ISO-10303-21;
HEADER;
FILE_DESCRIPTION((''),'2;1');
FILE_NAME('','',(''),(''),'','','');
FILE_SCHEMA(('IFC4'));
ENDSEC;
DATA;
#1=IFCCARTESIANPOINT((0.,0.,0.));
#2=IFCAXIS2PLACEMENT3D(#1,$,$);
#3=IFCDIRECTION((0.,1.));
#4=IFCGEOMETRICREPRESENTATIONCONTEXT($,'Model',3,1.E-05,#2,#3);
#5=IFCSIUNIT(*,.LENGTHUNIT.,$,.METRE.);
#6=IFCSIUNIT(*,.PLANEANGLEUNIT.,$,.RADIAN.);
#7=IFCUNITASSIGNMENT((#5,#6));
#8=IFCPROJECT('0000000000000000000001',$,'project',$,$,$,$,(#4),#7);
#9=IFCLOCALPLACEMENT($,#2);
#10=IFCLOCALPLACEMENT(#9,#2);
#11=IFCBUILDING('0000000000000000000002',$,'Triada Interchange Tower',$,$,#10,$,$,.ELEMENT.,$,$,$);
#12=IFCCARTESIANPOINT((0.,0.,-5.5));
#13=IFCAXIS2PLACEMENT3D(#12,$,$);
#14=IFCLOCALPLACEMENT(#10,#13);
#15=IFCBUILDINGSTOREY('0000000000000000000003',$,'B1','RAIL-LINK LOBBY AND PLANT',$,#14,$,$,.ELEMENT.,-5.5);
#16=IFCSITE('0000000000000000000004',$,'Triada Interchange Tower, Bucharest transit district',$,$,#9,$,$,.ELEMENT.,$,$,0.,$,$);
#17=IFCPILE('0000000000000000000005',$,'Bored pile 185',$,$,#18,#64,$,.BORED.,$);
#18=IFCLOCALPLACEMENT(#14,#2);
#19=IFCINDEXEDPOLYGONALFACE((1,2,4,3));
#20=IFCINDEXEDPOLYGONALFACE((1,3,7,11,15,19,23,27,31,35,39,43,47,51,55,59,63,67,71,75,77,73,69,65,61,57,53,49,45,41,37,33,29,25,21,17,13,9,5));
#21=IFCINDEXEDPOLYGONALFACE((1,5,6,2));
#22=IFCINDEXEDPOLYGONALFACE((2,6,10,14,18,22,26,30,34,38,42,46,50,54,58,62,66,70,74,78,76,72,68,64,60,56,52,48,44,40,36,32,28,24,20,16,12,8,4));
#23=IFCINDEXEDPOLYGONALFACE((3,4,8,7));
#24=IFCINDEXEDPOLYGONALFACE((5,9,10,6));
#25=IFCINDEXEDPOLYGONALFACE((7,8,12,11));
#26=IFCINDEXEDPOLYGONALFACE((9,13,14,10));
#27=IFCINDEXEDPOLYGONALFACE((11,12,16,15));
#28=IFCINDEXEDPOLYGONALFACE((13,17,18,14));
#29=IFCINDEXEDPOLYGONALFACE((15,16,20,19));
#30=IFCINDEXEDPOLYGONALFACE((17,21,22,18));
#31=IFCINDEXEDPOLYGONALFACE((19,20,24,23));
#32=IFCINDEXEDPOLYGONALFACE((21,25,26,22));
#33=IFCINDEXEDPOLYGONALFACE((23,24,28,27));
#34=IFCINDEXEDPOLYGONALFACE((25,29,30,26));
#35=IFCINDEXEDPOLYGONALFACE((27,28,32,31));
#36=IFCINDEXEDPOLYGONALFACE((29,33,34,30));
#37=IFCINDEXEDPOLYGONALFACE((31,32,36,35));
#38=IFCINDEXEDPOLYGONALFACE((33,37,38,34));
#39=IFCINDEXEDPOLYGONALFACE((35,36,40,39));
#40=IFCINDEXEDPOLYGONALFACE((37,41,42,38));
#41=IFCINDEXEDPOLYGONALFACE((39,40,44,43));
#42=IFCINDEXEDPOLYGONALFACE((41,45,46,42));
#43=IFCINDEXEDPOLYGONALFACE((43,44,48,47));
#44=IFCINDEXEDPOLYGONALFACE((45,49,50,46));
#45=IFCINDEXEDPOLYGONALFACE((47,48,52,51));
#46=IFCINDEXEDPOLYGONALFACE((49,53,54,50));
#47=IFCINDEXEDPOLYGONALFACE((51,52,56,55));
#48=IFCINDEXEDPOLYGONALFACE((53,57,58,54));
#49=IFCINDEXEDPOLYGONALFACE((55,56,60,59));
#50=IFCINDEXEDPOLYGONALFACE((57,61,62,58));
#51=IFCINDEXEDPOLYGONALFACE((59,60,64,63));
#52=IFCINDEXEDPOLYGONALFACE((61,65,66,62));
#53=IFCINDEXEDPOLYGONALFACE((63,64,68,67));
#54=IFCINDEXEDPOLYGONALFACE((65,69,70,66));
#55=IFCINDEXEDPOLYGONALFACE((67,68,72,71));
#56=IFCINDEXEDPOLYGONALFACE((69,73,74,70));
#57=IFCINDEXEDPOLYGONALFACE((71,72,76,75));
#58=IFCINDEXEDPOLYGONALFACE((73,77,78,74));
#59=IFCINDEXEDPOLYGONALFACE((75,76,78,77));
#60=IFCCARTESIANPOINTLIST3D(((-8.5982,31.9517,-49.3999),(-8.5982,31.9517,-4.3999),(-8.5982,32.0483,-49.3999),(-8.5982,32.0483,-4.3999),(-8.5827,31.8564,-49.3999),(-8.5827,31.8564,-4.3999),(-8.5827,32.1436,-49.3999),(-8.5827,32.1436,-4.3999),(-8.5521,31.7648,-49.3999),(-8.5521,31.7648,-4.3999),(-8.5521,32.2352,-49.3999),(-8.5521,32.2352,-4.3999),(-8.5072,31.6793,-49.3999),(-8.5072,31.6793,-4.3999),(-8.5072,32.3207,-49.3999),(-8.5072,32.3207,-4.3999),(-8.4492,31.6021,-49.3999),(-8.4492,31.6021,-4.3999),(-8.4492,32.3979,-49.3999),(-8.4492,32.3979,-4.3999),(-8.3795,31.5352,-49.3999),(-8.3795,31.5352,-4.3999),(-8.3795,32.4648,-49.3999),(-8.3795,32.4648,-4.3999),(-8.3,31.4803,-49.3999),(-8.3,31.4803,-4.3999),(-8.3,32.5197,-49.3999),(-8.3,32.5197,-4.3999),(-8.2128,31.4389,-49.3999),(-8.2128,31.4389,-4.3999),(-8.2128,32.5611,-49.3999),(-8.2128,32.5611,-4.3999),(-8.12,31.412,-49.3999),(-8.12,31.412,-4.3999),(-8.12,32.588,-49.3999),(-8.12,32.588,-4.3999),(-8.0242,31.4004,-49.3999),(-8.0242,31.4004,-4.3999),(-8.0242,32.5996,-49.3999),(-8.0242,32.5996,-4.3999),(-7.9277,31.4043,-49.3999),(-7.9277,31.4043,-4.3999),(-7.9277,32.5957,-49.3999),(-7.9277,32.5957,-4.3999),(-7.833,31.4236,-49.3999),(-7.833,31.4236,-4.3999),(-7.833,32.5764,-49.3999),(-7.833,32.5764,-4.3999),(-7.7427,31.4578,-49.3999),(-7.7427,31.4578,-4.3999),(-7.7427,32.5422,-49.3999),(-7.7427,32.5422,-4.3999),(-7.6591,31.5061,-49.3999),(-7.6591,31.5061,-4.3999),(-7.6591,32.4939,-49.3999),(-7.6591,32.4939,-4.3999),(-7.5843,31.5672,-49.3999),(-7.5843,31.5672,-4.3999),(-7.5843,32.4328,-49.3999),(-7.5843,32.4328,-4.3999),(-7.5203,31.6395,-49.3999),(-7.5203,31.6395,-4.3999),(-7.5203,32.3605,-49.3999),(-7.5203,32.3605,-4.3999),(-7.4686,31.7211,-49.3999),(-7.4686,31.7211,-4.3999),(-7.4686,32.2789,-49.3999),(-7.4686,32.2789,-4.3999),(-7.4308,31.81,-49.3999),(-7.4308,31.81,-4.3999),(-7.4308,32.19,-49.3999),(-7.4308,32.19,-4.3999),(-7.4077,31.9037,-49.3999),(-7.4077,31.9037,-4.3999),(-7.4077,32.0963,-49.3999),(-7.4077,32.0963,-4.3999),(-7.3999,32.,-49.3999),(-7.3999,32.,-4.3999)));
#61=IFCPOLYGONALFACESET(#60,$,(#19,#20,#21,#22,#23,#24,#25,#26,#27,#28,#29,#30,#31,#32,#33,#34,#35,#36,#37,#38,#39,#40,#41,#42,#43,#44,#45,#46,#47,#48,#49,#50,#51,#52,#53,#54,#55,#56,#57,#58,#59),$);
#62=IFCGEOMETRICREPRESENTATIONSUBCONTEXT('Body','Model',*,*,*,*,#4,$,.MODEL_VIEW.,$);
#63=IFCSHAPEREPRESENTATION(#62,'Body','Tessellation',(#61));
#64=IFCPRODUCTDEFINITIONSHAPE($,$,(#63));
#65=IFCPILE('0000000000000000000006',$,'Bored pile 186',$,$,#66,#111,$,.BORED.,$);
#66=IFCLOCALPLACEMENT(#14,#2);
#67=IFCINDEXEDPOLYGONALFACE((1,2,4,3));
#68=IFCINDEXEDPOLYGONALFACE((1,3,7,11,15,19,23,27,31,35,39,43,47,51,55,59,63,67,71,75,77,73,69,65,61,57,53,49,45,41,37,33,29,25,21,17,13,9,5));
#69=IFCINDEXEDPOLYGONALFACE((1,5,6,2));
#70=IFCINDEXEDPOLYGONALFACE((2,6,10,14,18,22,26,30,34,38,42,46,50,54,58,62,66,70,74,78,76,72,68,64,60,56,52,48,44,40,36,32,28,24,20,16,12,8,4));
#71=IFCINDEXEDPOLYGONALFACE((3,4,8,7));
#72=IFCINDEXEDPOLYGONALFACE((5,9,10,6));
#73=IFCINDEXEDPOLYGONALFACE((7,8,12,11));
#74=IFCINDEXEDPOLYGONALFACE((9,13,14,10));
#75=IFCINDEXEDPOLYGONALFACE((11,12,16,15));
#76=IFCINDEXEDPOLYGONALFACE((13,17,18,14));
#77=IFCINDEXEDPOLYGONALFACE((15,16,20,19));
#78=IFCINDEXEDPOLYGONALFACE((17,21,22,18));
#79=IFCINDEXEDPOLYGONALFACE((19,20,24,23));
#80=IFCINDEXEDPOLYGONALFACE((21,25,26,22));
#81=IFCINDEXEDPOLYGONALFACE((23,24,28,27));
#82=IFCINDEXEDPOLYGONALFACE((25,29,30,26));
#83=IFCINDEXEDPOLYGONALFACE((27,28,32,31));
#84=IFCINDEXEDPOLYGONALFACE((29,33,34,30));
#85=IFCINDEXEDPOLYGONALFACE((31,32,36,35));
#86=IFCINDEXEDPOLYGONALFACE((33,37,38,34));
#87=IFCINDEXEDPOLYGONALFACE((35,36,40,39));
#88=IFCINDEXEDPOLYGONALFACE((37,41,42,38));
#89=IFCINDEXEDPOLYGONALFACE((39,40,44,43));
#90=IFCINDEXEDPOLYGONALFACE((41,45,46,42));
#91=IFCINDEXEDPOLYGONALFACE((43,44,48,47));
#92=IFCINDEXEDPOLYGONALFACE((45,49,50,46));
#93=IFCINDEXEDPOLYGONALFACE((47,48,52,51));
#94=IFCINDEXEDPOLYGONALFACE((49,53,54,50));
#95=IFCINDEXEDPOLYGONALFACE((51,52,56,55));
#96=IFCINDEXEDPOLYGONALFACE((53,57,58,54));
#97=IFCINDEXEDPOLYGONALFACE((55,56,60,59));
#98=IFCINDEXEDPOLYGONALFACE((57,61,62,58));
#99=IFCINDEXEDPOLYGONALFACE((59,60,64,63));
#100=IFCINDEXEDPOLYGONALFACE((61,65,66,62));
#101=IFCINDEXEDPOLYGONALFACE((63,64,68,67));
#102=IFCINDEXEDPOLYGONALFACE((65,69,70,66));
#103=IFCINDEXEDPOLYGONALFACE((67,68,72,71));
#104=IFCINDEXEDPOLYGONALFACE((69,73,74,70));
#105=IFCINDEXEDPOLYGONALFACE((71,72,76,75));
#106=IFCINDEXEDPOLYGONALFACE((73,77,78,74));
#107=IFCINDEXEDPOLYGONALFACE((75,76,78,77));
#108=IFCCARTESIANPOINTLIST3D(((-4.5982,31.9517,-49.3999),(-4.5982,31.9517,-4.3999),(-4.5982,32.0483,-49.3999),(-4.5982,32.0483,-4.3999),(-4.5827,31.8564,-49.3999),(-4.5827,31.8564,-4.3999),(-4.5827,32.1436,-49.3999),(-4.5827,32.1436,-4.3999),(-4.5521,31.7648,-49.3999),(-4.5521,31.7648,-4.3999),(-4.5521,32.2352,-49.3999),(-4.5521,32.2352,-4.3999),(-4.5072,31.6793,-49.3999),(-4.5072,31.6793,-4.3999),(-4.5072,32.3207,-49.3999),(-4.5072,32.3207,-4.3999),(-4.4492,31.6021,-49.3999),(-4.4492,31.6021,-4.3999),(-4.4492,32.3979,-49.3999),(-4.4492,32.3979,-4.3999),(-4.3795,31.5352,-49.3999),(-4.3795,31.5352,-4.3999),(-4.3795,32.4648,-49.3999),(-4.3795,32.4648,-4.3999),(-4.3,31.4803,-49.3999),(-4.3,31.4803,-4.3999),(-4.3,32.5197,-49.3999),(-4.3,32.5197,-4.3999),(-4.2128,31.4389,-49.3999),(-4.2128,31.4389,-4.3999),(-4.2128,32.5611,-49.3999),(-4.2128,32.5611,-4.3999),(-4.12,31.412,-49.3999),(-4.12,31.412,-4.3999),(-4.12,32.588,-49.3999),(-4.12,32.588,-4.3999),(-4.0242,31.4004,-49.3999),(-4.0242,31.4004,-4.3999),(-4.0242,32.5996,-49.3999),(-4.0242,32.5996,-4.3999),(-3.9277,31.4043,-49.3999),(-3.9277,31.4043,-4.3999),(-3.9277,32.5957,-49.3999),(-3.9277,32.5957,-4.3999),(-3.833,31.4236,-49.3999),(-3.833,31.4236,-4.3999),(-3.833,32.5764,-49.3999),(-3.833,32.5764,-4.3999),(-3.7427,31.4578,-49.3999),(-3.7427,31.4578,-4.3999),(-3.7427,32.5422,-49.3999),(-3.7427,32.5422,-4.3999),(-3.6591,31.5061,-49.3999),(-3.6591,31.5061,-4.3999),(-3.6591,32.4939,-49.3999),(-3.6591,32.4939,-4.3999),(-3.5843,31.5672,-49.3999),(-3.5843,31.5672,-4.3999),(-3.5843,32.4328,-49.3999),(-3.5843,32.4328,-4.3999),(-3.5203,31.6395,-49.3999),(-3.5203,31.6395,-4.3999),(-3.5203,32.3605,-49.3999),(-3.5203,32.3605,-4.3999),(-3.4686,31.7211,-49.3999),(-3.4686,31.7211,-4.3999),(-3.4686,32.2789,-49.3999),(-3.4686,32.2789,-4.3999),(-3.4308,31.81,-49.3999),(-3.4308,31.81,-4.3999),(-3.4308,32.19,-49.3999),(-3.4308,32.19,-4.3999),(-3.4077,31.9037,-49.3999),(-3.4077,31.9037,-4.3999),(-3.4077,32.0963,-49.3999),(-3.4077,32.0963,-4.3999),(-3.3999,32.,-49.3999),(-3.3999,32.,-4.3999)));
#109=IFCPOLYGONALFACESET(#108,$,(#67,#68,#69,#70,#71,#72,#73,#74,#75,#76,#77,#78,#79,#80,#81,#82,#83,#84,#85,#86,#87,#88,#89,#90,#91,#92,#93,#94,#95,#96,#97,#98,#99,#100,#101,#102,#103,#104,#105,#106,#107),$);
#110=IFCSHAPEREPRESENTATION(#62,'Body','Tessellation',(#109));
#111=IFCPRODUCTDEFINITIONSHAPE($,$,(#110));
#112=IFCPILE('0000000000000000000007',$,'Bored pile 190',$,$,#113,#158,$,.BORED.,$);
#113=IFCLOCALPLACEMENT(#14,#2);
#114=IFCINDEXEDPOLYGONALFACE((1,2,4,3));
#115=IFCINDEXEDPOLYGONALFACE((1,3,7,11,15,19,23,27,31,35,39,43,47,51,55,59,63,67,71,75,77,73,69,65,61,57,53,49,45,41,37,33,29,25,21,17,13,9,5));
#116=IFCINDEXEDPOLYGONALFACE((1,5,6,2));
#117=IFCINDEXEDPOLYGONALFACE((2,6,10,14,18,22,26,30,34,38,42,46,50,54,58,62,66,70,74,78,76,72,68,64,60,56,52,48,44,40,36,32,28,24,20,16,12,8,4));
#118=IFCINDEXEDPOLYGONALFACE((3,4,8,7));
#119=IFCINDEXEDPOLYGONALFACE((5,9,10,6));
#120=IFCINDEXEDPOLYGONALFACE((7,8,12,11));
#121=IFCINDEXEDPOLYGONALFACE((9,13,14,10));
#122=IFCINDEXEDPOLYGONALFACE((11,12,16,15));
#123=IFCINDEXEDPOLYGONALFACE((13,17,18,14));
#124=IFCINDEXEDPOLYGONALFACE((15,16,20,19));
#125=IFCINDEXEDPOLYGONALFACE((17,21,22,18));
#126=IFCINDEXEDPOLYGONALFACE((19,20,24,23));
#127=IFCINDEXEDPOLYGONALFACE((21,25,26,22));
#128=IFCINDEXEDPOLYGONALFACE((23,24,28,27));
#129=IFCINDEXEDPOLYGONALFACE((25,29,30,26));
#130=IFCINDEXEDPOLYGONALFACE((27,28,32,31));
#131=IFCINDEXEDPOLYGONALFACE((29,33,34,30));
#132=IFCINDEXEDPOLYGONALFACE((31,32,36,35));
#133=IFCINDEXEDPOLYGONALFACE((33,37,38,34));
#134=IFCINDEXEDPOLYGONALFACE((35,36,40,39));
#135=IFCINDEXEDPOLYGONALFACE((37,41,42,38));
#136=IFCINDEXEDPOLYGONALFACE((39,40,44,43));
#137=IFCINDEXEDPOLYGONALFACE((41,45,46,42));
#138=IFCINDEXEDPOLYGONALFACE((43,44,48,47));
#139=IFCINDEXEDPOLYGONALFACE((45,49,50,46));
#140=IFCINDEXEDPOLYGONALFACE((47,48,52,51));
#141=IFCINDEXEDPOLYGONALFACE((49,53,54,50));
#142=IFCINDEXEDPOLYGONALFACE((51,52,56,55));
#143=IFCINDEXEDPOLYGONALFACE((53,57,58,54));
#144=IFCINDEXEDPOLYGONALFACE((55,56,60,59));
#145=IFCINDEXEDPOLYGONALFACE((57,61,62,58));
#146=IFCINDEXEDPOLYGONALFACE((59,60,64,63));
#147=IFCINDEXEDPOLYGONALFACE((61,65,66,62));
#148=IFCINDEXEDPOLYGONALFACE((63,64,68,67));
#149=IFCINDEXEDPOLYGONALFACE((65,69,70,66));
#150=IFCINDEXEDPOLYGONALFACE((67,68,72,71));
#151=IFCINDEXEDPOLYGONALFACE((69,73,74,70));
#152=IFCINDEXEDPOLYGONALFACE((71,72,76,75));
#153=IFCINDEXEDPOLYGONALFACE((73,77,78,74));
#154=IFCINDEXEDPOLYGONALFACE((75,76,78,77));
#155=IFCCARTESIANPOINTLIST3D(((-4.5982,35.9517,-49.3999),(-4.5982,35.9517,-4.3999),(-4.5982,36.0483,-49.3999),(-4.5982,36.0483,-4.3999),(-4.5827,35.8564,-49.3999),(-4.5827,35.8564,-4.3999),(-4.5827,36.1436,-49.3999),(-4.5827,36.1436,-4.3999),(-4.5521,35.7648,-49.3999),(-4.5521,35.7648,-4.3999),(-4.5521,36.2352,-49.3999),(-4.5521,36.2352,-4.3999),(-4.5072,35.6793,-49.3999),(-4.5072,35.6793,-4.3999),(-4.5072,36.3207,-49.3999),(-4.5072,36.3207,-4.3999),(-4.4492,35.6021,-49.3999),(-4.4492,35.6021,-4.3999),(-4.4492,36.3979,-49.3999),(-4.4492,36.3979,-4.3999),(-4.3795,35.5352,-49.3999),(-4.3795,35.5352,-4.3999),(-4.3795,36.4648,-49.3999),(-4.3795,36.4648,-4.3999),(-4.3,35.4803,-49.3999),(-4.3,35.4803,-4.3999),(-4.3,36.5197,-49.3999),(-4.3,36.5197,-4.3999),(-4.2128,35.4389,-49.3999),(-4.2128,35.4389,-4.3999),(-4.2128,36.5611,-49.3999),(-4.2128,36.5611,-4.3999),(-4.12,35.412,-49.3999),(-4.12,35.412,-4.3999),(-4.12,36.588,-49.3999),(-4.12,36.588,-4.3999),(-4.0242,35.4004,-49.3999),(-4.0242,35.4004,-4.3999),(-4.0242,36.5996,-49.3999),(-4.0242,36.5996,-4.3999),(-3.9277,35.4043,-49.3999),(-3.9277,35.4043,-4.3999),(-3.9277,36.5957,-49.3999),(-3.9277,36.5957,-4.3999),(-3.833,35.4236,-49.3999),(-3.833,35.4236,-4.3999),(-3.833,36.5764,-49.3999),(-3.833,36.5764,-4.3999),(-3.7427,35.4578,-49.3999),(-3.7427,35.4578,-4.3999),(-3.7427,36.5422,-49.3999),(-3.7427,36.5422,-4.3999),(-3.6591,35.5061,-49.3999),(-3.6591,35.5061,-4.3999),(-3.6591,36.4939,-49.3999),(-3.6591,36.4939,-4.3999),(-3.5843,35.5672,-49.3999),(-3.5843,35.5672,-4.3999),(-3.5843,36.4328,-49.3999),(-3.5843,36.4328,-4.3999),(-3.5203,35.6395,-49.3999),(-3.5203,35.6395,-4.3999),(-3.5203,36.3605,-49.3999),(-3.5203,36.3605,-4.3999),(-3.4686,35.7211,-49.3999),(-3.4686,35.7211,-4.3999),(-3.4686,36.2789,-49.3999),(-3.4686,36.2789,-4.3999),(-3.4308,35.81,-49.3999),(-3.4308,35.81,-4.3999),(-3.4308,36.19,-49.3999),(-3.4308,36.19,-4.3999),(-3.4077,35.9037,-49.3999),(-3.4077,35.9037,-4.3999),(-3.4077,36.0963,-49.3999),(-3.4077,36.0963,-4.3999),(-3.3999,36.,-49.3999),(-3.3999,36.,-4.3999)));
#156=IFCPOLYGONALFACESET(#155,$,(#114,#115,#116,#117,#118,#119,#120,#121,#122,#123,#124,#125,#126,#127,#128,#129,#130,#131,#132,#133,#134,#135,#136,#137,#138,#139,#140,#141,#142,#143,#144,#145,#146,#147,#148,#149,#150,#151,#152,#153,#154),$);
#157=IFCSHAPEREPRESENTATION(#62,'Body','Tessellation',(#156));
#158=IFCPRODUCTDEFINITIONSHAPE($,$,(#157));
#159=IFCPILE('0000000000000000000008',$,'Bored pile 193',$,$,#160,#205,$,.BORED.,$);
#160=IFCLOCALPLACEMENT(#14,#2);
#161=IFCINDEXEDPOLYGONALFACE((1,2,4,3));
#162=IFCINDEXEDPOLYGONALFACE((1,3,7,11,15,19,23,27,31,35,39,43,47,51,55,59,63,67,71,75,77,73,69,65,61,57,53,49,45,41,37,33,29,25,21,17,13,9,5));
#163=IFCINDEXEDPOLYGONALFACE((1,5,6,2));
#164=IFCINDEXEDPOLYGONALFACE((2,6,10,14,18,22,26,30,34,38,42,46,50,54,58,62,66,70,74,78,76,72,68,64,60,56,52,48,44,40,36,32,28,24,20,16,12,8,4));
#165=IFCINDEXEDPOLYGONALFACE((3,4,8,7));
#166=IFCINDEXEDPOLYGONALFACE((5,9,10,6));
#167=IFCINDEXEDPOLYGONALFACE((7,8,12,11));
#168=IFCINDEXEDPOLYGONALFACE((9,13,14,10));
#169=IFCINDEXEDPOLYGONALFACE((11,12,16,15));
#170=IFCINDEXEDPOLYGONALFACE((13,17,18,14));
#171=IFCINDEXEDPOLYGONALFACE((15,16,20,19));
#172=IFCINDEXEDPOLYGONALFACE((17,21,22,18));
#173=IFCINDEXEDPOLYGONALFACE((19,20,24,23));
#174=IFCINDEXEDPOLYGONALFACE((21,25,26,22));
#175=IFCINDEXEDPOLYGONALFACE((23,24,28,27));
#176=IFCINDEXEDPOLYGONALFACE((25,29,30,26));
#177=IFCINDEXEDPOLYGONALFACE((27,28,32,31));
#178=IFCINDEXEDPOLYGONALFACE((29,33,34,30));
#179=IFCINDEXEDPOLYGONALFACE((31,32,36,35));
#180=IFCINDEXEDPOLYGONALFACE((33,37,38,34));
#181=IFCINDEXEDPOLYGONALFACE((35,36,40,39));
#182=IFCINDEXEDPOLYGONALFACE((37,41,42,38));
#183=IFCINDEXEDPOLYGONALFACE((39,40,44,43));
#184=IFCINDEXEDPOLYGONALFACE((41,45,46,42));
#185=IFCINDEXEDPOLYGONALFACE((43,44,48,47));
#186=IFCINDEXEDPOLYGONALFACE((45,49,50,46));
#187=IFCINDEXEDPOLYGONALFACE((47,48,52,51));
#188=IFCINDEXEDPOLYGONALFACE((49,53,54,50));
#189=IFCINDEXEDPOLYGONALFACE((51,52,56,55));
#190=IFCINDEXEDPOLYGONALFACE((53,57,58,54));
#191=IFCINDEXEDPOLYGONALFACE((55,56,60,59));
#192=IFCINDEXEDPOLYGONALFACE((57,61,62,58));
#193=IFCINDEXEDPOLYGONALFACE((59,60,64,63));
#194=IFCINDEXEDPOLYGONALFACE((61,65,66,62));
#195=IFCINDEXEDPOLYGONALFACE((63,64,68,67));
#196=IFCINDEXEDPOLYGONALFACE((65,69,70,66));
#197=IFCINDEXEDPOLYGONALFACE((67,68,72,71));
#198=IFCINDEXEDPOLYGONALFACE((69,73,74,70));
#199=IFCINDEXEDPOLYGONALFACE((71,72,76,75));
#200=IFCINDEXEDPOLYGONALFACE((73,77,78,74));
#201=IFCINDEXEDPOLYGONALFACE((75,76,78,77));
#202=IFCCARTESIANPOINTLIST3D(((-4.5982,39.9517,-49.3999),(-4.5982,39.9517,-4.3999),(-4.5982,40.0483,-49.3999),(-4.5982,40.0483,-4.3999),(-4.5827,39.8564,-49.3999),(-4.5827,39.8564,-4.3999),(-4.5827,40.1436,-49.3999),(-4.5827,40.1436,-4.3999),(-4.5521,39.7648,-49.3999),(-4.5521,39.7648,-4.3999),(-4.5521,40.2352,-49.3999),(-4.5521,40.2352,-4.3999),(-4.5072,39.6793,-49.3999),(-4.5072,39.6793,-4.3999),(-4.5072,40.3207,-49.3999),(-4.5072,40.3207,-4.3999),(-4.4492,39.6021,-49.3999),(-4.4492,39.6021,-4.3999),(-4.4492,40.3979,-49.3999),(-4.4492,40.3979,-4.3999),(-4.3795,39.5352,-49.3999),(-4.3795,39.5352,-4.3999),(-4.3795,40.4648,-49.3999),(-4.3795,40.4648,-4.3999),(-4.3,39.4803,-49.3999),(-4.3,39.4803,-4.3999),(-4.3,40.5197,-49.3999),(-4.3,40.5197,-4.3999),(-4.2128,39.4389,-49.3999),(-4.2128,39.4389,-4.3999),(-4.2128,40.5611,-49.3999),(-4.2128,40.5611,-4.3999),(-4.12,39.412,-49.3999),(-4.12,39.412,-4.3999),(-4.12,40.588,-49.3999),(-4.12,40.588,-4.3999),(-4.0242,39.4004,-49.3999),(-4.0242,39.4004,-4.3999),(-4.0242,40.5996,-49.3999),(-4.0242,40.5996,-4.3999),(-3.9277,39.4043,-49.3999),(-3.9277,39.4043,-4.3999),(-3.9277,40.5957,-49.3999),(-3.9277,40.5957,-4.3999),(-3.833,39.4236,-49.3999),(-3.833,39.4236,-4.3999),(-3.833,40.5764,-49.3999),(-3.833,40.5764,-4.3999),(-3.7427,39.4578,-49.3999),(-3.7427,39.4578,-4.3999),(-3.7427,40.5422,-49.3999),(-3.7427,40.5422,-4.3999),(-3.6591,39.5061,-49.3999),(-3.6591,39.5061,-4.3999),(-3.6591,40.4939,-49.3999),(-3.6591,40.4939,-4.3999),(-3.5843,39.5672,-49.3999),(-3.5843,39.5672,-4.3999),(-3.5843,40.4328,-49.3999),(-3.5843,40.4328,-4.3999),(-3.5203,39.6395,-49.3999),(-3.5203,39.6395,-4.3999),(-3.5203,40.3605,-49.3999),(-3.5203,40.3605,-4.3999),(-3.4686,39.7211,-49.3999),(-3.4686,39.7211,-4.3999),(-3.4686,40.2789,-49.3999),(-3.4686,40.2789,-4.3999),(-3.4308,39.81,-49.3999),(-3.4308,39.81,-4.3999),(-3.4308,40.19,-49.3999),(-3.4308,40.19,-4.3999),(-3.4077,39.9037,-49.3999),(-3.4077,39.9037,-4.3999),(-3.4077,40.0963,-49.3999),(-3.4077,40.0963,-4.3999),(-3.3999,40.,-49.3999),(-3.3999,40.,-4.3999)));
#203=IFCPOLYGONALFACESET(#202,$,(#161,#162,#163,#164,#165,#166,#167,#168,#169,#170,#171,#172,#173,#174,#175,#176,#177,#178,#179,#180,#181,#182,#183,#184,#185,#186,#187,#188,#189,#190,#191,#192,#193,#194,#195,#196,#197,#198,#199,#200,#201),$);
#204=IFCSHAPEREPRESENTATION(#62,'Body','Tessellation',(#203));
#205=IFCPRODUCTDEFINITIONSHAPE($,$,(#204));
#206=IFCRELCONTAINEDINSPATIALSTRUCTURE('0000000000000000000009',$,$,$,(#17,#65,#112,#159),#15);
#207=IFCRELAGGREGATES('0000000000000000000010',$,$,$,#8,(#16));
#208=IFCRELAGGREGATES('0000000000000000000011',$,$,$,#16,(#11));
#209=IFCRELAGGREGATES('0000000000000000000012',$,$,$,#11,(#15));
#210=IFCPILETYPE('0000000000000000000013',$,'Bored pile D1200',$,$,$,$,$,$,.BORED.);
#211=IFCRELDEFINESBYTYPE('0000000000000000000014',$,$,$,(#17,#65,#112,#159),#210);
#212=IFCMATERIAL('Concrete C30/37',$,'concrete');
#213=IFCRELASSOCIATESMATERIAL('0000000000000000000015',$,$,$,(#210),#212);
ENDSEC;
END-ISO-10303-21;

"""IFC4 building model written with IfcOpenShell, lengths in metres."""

from ifc_helpers import new_model, si_unit, direction, frame, origin, origin_2d, place, context, subcontext, project, spatial, circle, extrude, material, material_profile, profile_set, type_object, element, save


model = new_model("IFC4")

# Units and contexts
model_context = context("Model", 3, precision=1e-05, world=origin(), true_north=direction((0.0, 1.0)))
body_context = subcontext(model_context, "Body", "Model", "MODEL_VIEW")
ifc_project = project(units=[si_unit("LENGTHUNIT", "METRE"), si_unit("PLANEANGLEUNIT", "RADIAN")], contexts=[model_context])

# Site, building, storey
site_placement = place(None, origin())
site = spatial("IfcSite", under=ifc_project, at=site_placement, Name="Triada Interchange Tower, Bucharest transit district", CompositionType="ELEMENT", RefElevation=0.0)
building_placement = place(site_placement, origin())
building = spatial("IfcBuilding", under=site, at=building_placement, Name="Triada Interchange Tower", CompositionType="ELEMENT")
storey_placement = place(building_placement, frame((0.0, 0.0, -5.5)))
storey = spatial("IfcBuildingStorey", under=building, at=storey_placement, Name="B1", Description="RAIL-LINK LOBBY AND PLANT", CompositionType="ELEMENT", Elevation=-5.5)

# Piles
ifc_material_1 = material(Name="Concrete C30/37", Category="concrete")
ifc_material_profile_1 = material_profile(ifc_material_1, circle(Radius=0.6001, at=origin_2d()), Name="RC D1200")
ifc_profile_set_1 = profile_set([ifc_material_profile_1], Name="Concrete C30/37")
pile_type = type_object("IfcPileType", Name="Bored pile D1200", PredefinedType="BORED", material=ifc_profile_set_1)
for number, where, z_axis, x_axis, name in (
    (1, (-8.0, 32.0, -4.3999), (0.0, 0.0, -1.0), (1.0, 0.0, 0.0), "Bored pile 185"),
    (2, (-4.0, 32.0, -4.3999), (0.0, 0.0, -1.0), (1.0, 0.0, 0.0), "Bored pile 186"),
    (3, (-4.0, 36.0, -4.3999), (0.0, 0.0, -1.0), (1.0, 0.0, 0.0), "Bored pile 190"),
    (4, (-4.0, 40.0, -4.3999), (0.0, 0.0, -1.0), (1.0, 0.0, 0.0), "Bored pile 193"),
):
    element("IfcPile", number, at=place(storey_placement, frame(where, z_axis=z_axis, x_axis=x_axis)), inside=storey, type_object=pile_type, Name=name, PredefinedType="BORED", context=body_context, shape_type="SweptSolid", body=[
        extrude(circle(Radius=0.6001, at=origin_2d()), origin(), (0.0, 0.0, 1.0), 45.0),
    ])

save(model, "model.ifc")
